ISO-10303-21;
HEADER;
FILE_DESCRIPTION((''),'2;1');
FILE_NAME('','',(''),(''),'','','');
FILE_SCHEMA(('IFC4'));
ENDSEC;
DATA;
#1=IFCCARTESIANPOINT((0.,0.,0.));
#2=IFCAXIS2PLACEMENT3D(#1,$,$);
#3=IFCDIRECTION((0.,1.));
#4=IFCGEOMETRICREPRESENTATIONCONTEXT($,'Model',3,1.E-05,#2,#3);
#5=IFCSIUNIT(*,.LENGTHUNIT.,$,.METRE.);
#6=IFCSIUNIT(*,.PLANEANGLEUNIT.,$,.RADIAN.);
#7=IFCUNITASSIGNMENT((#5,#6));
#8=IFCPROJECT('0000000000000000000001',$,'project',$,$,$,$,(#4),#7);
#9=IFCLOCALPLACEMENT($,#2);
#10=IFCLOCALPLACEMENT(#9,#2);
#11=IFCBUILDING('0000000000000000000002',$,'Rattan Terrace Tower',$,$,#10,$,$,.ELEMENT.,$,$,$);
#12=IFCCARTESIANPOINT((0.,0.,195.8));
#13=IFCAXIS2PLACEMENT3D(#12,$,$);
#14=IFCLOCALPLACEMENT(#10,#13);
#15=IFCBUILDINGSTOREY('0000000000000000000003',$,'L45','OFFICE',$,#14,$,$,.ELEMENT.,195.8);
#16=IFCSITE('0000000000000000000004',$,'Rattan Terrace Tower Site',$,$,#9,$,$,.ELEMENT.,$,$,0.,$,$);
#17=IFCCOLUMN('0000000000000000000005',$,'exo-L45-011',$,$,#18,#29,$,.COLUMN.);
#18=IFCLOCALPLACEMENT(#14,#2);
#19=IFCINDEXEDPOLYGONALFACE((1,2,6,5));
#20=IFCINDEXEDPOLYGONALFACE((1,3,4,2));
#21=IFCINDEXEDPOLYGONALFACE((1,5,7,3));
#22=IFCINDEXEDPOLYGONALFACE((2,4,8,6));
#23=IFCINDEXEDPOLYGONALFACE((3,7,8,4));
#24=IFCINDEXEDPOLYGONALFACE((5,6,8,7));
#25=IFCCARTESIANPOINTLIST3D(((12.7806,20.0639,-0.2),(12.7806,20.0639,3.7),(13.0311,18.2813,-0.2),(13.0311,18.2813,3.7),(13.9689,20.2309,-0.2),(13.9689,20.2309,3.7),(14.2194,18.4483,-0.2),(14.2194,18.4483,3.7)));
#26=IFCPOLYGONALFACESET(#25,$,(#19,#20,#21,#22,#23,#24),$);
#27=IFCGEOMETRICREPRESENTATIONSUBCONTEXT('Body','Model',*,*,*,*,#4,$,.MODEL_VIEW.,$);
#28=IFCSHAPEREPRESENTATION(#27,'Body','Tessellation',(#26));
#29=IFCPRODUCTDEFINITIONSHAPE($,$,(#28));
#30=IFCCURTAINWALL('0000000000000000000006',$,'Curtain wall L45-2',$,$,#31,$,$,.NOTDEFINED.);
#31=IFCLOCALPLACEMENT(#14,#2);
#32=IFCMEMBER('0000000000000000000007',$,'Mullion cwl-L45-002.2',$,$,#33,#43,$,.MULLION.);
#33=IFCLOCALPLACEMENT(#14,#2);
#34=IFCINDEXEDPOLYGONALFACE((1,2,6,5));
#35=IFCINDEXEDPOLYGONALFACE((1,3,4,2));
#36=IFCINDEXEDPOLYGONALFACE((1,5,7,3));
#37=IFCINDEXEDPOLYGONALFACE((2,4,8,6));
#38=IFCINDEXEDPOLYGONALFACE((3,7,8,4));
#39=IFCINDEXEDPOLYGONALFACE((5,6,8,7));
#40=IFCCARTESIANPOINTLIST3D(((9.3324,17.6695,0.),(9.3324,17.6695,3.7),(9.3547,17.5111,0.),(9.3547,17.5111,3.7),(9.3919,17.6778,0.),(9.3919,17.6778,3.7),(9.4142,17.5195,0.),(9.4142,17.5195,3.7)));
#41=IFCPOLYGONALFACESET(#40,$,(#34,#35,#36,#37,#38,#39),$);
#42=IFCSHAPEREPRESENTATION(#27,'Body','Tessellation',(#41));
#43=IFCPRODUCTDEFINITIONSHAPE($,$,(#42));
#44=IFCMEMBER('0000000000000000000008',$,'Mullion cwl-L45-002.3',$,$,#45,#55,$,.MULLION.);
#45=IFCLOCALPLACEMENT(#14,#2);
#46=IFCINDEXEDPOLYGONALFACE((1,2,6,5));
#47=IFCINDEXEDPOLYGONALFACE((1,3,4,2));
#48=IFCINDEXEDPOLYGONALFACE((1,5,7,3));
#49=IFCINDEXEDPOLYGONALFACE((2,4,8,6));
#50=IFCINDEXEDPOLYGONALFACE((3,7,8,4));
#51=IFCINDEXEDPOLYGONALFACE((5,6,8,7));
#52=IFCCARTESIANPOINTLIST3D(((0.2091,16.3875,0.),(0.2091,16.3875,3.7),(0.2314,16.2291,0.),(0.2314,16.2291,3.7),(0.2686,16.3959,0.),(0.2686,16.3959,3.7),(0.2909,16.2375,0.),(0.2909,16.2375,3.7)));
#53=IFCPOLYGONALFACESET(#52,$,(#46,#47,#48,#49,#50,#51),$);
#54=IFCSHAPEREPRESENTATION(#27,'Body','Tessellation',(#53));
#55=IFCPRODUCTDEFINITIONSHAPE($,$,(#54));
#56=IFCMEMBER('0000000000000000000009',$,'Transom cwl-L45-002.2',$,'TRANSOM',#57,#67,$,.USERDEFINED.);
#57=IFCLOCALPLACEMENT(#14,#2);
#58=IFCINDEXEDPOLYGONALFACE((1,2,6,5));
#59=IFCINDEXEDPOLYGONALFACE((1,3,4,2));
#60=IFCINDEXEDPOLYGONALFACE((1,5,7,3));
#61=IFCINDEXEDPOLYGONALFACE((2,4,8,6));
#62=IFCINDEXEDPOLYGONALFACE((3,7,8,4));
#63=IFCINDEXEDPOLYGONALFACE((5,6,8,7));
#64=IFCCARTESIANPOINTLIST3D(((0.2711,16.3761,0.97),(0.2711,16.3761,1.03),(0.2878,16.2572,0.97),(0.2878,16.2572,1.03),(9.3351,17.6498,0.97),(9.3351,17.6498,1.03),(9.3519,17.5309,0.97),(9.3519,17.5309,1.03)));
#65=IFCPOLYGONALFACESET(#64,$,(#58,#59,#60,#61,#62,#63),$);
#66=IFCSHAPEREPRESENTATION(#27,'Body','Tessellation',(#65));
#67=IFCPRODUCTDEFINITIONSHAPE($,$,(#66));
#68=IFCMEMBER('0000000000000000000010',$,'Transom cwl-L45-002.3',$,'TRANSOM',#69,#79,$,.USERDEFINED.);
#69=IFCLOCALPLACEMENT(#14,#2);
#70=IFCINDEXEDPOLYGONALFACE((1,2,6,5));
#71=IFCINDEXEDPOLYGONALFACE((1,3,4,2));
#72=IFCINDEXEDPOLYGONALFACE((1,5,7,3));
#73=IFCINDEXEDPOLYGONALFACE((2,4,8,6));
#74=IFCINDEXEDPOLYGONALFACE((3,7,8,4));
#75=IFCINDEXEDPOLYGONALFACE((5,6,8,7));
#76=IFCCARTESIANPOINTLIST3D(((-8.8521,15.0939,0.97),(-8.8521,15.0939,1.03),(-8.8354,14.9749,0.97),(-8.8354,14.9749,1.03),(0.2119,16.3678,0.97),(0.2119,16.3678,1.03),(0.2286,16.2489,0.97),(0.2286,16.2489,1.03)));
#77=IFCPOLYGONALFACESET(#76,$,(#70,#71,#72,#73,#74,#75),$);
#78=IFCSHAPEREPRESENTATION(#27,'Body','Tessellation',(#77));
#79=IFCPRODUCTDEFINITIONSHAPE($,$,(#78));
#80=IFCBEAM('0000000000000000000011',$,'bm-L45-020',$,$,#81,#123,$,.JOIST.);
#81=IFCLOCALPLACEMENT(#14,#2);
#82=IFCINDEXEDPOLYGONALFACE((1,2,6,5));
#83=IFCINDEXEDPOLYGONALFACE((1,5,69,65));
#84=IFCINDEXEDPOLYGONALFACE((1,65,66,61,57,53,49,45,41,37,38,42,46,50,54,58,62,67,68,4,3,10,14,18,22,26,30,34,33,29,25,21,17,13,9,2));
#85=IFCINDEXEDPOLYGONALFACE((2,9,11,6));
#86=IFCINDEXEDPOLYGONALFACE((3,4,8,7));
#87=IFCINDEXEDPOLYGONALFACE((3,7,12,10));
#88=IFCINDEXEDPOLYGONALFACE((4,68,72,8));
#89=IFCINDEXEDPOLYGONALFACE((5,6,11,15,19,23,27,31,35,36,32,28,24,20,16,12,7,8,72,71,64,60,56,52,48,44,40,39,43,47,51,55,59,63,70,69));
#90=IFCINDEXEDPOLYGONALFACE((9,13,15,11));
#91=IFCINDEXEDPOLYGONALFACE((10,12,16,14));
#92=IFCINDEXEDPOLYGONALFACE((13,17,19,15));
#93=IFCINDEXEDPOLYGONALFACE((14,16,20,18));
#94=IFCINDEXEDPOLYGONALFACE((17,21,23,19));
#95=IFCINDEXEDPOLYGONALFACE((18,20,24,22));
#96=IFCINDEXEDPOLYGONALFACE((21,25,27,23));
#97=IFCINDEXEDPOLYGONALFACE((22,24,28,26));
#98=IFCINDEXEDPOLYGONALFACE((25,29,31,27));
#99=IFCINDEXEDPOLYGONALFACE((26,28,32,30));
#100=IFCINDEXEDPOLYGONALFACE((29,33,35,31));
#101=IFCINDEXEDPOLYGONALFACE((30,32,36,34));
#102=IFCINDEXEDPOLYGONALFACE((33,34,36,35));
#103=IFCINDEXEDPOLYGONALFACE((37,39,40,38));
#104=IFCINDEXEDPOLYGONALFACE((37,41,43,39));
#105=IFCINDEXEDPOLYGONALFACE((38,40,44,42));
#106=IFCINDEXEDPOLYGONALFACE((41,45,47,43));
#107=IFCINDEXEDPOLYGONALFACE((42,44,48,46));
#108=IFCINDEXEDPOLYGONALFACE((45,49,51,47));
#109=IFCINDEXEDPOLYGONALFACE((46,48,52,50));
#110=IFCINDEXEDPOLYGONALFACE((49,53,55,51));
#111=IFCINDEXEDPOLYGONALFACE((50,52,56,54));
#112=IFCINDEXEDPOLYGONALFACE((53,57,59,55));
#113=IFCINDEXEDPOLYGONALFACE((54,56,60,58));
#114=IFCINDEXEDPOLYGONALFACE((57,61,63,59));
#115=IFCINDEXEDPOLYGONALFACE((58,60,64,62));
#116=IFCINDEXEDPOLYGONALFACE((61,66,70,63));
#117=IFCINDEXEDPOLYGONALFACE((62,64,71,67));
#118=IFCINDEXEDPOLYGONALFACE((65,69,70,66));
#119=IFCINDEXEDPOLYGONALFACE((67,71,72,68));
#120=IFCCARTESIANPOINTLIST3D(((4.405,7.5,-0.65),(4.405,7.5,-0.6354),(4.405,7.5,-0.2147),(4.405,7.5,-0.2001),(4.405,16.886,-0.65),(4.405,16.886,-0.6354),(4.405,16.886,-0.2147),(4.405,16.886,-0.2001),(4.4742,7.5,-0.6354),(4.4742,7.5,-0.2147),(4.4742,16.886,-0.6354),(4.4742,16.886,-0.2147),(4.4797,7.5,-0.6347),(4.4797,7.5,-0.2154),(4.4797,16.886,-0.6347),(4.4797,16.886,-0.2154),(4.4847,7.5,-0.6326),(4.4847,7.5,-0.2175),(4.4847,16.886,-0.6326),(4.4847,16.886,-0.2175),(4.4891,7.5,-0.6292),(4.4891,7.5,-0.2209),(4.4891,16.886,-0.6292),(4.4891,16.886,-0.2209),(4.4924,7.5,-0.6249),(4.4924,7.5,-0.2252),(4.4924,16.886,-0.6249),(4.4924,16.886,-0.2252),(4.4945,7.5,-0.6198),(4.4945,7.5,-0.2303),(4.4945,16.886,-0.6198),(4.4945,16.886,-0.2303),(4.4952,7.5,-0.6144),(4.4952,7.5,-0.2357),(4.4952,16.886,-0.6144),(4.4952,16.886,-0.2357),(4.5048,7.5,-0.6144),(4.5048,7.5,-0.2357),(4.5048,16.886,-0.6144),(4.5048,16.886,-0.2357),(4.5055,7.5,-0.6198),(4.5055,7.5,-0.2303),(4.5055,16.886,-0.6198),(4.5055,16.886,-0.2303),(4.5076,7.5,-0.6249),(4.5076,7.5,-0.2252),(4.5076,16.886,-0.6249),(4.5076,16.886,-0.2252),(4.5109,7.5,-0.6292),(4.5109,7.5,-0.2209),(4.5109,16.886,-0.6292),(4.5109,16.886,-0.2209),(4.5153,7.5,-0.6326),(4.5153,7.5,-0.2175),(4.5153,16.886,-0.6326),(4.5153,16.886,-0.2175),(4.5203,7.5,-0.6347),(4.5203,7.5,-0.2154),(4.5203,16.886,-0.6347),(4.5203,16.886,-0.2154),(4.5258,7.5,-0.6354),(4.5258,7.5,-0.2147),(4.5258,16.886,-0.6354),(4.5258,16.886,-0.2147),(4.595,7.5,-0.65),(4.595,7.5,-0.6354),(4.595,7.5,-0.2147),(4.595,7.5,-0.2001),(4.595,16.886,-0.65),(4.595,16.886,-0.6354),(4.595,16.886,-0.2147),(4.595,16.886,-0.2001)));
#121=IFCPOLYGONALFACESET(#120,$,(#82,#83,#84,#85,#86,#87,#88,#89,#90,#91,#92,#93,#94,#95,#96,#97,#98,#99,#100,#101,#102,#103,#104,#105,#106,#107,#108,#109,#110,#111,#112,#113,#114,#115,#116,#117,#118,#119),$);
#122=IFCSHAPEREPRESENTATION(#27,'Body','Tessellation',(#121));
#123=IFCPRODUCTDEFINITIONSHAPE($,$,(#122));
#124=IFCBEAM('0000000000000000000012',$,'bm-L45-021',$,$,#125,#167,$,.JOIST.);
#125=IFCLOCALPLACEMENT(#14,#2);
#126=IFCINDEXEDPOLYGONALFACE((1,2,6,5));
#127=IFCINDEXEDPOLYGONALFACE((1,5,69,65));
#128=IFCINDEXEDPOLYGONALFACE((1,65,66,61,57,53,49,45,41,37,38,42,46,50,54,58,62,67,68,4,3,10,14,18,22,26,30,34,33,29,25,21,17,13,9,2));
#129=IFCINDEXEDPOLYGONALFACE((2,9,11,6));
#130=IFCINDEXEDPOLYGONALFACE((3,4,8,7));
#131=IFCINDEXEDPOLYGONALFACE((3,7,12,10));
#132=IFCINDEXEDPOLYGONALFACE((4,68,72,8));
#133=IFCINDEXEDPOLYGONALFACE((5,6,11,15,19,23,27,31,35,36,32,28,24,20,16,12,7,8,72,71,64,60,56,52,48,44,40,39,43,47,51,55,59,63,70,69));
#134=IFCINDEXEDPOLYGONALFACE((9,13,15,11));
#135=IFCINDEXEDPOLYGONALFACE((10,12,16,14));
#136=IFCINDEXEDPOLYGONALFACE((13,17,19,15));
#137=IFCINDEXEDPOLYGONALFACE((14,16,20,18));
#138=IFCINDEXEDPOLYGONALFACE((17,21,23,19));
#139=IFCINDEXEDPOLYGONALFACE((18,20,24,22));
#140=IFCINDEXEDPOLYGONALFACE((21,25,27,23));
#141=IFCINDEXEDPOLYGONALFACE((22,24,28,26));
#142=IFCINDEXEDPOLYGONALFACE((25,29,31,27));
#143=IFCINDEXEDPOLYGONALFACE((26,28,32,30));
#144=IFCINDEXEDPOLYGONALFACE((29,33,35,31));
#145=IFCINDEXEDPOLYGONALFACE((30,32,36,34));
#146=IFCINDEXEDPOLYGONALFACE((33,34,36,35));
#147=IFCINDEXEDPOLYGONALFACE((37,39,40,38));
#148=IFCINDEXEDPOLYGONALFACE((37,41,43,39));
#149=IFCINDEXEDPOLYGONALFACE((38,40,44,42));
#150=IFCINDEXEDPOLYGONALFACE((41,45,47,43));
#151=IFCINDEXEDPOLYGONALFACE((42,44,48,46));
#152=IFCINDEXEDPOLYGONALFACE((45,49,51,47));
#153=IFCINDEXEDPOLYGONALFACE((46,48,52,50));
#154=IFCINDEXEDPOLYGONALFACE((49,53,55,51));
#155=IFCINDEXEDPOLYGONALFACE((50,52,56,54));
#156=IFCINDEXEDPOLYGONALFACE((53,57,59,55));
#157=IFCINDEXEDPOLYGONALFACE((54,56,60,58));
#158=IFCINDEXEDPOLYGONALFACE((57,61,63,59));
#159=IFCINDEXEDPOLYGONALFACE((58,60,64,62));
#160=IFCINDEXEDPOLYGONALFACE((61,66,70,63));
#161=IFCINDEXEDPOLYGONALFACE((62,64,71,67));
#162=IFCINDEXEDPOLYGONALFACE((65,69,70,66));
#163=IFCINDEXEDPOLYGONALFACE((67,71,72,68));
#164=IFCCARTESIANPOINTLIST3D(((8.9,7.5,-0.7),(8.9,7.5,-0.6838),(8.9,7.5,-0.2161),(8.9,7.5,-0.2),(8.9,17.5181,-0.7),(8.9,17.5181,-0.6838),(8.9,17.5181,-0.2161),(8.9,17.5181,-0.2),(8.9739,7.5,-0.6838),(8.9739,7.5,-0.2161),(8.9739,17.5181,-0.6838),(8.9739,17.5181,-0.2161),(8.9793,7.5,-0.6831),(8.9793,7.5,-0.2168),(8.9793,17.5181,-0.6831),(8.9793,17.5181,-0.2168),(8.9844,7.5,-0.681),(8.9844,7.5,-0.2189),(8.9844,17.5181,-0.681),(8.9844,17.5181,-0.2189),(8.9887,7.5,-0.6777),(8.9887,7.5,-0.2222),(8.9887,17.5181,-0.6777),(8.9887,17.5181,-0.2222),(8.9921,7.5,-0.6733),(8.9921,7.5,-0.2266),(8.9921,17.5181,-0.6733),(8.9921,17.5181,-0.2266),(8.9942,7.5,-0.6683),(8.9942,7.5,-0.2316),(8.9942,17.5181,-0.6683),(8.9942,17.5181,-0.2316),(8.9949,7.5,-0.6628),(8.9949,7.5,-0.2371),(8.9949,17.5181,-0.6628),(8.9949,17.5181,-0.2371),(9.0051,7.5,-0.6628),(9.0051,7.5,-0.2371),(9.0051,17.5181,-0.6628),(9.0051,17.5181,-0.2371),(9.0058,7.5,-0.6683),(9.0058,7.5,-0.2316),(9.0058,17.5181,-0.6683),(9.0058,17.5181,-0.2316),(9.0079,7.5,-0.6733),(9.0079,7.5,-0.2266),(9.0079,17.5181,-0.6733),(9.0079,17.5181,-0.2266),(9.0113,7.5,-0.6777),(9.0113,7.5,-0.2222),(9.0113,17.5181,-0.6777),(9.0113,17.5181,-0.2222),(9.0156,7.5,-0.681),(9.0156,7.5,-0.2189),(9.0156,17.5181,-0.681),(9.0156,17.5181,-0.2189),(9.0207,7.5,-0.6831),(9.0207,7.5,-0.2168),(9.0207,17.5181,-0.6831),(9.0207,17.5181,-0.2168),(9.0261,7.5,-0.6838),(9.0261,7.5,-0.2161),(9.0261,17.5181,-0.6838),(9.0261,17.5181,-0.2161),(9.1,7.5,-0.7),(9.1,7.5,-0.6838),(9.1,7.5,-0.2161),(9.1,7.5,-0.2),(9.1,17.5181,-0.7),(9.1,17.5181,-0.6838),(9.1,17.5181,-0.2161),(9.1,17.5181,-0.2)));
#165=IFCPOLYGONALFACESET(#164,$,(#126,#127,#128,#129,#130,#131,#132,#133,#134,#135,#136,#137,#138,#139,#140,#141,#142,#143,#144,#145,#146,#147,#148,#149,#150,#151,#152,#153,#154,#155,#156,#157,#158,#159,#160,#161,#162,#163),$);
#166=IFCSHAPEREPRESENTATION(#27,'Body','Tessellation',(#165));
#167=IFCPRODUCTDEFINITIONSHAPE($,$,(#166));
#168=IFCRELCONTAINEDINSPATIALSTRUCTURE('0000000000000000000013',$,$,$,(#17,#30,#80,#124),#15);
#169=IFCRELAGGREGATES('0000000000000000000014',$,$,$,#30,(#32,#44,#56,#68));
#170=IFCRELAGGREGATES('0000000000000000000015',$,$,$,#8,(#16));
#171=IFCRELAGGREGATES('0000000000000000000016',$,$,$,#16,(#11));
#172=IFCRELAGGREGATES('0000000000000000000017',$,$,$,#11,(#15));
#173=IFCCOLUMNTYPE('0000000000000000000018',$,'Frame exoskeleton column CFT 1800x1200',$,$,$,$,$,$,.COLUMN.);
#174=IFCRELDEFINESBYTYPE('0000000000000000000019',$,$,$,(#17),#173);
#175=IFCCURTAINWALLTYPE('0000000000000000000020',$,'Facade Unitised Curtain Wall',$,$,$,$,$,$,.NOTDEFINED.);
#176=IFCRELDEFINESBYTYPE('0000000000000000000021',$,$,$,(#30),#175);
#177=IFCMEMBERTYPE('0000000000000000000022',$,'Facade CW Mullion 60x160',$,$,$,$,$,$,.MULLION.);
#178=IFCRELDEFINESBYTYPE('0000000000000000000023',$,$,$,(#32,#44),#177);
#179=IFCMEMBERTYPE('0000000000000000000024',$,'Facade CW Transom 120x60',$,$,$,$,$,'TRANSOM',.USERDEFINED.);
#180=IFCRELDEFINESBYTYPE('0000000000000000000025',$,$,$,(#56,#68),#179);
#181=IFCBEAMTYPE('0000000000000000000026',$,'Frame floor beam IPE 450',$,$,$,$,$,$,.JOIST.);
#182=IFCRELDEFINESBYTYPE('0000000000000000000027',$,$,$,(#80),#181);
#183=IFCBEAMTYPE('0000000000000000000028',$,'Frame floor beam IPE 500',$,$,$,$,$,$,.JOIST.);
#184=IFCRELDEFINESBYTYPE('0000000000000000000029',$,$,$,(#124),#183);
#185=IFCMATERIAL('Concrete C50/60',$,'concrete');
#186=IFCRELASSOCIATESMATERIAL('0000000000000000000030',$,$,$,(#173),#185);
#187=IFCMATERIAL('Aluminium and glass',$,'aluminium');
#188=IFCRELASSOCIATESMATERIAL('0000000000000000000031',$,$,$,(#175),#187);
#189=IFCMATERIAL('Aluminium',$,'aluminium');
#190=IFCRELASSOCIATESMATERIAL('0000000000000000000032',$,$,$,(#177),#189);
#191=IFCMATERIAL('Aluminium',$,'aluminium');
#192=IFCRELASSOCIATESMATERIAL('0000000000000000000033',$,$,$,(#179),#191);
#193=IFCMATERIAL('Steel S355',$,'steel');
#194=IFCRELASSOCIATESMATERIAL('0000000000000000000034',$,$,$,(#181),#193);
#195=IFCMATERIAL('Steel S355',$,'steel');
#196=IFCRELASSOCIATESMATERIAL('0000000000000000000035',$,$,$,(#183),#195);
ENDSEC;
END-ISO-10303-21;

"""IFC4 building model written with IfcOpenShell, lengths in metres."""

from ifc_helpers import new_model, si_unit, direction, frame, origin, origin_2d, place, context, subcontext, project, spatial, rectangle, i_section, extrude, material, material_profile, profile_set, type_object, element, aggregate, save


model = new_model("IFC4")

# Units and contexts
model_context = context("Model", 3, precision=1e-05, world=origin(), true_north=direction((0.0, 1.0)))
body_context = subcontext(model_context, "Body", "Model", "MODEL_VIEW")
ifc_project = project(units=[si_unit("LENGTHUNIT", "METRE"), si_unit("PLANEANGLEUNIT", "RADIAN")], contexts=[model_context])

# Site, building, storey
site_placement = place(None, origin())
site = spatial("IfcSite", under=ifc_project, at=site_placement, Name="Rattan Terrace Tower Site", CompositionType="ELEMENT", RefElevation=0.0)
building_placement = place(site_placement, origin())
building = spatial("IfcBuilding", under=site, at=building_placement, Name="Rattan Terrace Tower", CompositionType="ELEMENT")
storey_placement = place(building_placement, frame((0.0, 0.0, 195.8)))
storey = spatial("IfcBuildingStorey", under=building, at=storey_placement, Name="L45", Description="OFFICE", CompositionType="ELEMENT", Elevation=195.8)

# Column
ifc_material_1 = material(Name="Concrete C50/60", Category="concrete")
ifc_material_profile_1 = material_profile(ifc_material_1, rectangle(XDim=1.2, YDim=1.8, at=origin_2d()), Name="CFT 1800x1200")
ifc_profile_set_1 = profile_set([ifc_material_profile_1], Name="Concrete C50/60")
column_type = type_object("IfcColumnType", Name="Frame exoskeleton column CFT 1800x1200", PredefinedType="COLUMN", material=ifc_profile_set_1)
column_placement = place(storey_placement, frame((13.5, 19.2561, -0.2), z_axis=(0.0, 0.0, 1.0), x_axis=(0.99027, 0.139156, 0.0)))
element("IfcColumn", 1, at=column_placement, inside=storey, type_object=column_type, Name="exo-L45-011", PredefinedType="COLUMN", context=body_context, shape_type="SweptSolid", body=[
    extrude(rectangle(XDim=1.2, YDim=1.8, at=origin_2d()), origin(), (0.0, 0.0, 1.0), 3.8999),
])

# Curtain wall, members
ifc_material_2 = material(Name="Aluminium and glass", Category="aluminium")
curtain_wall_type = type_object("IfcCurtainWallType", Name="Facade Unitised Curtain Wall", PredefinedType="NOTDEFINED", material=ifc_material_2)
curtain_wall_placement = place(storey_placement, origin())
curtain_wall = element("IfcCurtainWall", 2, at=curtain_wall_placement, inside=storey, type_object=curtain_wall_type, Name="Curtain wall L45-2", PredefinedType="NOTDEFINED")
ifc_material_3 = material(Name="Aluminium", Category="aluminium")
ifc_material_profile_2 = material_profile(ifc_material_3, rectangle(XDim=0.0601, YDim=0.1599, at=origin_2d()), Name="Aluminium 60x160")
ifc_profile_set_2 = profile_set([ifc_material_profile_2], Name="Aluminium")
member_type_1 = type_object("IfcMemberType", Name="Facade CW Mullion 60x160", PredefinedType="MULLION", material=ifc_profile_set_2)
member_1_placement = place(storey_placement, frame((9.3733, 17.5945, 0.0), z_axis=(0.0, 0.0, 1.0), x_axis=(-0.99027, -0.139161, 0.0)))
member_1 = element("IfcMember", 3, at=member_1_placement, type_object=member_type_1, Name="Mullion cwl-L45-002.2", PredefinedType="MULLION", context=body_context, shape_type="SweptSolid", body=[
    extrude(rectangle(XDim=0.0601, YDim=0.1599, at=origin_2d()), origin(), (0.0, 0.0, 1.0), 3.7),
])
member_2_placement = place(storey_placement, frame((0.25, 16.3125, 0.0), z_axis=(0.0, 0.0, 1.0), x_axis=(-0.99027, -0.139161, 0.0)))
member_2 = element("IfcMember", 4, at=member_2_placement, type_object=member_type_1, Name="Mullion cwl-L45-002.3", PredefinedType="MULLION", context=body_context, shape_type="SweptSolid", body=[
    extrude(rectangle(XDim=0.0601, YDim=0.1599, at=origin_2d()), origin(), (0.0, 0.0, 1.0), 3.7),
])
ifc_material_4 = material(Name="Aluminium", Category="aluminium")
ifc_material_profile_3 = material_profile(ifc_material_4, rectangle(XDim=0.1201, YDim=0.0601, at=origin_2d()), Name="Aluminium 120x60")
ifc_profile_set_3 = profile_set([ifc_material_profile_3], Name="Aluminium")
member_type_2 = type_object("IfcMemberType", Name="Facade CW Transom 120x60", ElementType="TRANSOM", PredefinedType="USERDEFINED", material=ifc_profile_set_3)
member_3_placement = place(storey_placement, frame((9.3435, 17.5903, 1.0), z_axis=(-0.990271, -0.139154, 0.0), x_axis=(0.139154, -0.990271, 0.0)))
member_3 = element("IfcMember", 5, at=member_3_placement, type_object=member_type_2, Name="Transom cwl-L45-002.2", ObjectType="TRANSOM", PredefinedType="USERDEFINED", context=body_context, shape_type="SweptSolid", body=[
    extrude(rectangle(XDim=0.1201, YDim=0.0601, at=origin_2d()), origin(), (0.0, 0.0, 1.0), 9.1531),
])
member_4_placement = place(storey_placement, frame((0.2202, 16.3083, 1.0), z_axis=(-0.990267, -0.13918, 0.0), x_axis=(0.13918, -0.990267, 0.0)))
member_4 = element("IfcMember", 6, at=member_4_placement, type_object=member_type_2, Name="Transom cwl-L45-002.3", ObjectType="TRANSOM", PredefinedType="USERDEFINED", context=body_context, shape_type="SweptSolid", body=[
    extrude(rectangle(XDim=0.1201, YDim=0.0601, at=origin_2d()), origin(), (0.0, 0.0, 1.0), 9.1531),
])

# Beams
ifc_material_5 = material(Name="Steel S355", Category="steel")
ifc_material_profile_4 = material_profile(ifc_material_5, i_section(OverallWidth=0.1899, OverallDepth=0.45, WebThickness=0.0095, FlangeThickness=0.0146, FilletRadius=0.021, at=origin_2d()), Name="IPE 450")
ifc_profile_set_4 = profile_set([ifc_material_profile_4], Name="Steel S355")
beam_type_1 = type_object("IfcBeamType", Name="Frame floor beam IPE 450", PredefinedType="JOIST", material=ifc_profile_set_4)
beam_1_placement = place(storey_placement, frame((4.5, 7.5, -0.425), z_axis=(0.0, 1.0, 0.0), x_axis=(-1.0, 0.0, 0.0)))
element("IfcBeam", 7, at=beam_1_placement, inside=storey, type_object=beam_type_1, Name="bm-L45-020", PredefinedType="JOIST", context=body_context, shape_type="SweptSolid", body=[
    extrude(i_section(OverallWidth=0.1899, OverallDepth=0.45, WebThickness=0.0095, FlangeThickness=0.0146, FilletRadius=0.021, at=origin_2d()), origin(), (0.0, 0.0, 1.0), 9.386),
])
ifc_material_6 = material(Name="Steel S355", Category="steel")
ifc_material_profile_5 = material_profile(ifc_material_6, i_section(OverallWidth=0.2, OverallDepth=0.5, WebThickness=0.0103, FlangeThickness=0.0161, FilletRadius=0.021, at=origin_2d()), Name="IPE 500")
ifc_profile_set_5 = profile_set([ifc_material_profile_5], Name="Steel S355")
beam_type_2 = type_object("IfcBeamType", Name="Frame floor beam IPE 500", PredefinedType="JOIST", material=ifc_profile_set_5)
beam_2_placement = place(storey_placement, frame((9.0, 7.5, -0.45), z_axis=(0.0, 1.0, 0.0), x_axis=(-1.0, 0.0, 0.0)))
element("IfcBeam", 8, at=beam_2_placement, inside=storey, type_object=beam_type_2, Name="bm-L45-021", PredefinedType="JOIST", context=body_context, shape_type="SweptSolid", body=[
    extrude(i_section(OverallWidth=0.2, OverallDepth=0.5, WebThickness=0.0103, FlangeThickness=0.0161, FilletRadius=0.021, at=origin_2d()), origin(), (0.0, 0.0, 1.0), 10.0181),
])

aggregate(curtain_wall, [member_1, member_2, member_3, member_4])

save(model, "model.ifc")
